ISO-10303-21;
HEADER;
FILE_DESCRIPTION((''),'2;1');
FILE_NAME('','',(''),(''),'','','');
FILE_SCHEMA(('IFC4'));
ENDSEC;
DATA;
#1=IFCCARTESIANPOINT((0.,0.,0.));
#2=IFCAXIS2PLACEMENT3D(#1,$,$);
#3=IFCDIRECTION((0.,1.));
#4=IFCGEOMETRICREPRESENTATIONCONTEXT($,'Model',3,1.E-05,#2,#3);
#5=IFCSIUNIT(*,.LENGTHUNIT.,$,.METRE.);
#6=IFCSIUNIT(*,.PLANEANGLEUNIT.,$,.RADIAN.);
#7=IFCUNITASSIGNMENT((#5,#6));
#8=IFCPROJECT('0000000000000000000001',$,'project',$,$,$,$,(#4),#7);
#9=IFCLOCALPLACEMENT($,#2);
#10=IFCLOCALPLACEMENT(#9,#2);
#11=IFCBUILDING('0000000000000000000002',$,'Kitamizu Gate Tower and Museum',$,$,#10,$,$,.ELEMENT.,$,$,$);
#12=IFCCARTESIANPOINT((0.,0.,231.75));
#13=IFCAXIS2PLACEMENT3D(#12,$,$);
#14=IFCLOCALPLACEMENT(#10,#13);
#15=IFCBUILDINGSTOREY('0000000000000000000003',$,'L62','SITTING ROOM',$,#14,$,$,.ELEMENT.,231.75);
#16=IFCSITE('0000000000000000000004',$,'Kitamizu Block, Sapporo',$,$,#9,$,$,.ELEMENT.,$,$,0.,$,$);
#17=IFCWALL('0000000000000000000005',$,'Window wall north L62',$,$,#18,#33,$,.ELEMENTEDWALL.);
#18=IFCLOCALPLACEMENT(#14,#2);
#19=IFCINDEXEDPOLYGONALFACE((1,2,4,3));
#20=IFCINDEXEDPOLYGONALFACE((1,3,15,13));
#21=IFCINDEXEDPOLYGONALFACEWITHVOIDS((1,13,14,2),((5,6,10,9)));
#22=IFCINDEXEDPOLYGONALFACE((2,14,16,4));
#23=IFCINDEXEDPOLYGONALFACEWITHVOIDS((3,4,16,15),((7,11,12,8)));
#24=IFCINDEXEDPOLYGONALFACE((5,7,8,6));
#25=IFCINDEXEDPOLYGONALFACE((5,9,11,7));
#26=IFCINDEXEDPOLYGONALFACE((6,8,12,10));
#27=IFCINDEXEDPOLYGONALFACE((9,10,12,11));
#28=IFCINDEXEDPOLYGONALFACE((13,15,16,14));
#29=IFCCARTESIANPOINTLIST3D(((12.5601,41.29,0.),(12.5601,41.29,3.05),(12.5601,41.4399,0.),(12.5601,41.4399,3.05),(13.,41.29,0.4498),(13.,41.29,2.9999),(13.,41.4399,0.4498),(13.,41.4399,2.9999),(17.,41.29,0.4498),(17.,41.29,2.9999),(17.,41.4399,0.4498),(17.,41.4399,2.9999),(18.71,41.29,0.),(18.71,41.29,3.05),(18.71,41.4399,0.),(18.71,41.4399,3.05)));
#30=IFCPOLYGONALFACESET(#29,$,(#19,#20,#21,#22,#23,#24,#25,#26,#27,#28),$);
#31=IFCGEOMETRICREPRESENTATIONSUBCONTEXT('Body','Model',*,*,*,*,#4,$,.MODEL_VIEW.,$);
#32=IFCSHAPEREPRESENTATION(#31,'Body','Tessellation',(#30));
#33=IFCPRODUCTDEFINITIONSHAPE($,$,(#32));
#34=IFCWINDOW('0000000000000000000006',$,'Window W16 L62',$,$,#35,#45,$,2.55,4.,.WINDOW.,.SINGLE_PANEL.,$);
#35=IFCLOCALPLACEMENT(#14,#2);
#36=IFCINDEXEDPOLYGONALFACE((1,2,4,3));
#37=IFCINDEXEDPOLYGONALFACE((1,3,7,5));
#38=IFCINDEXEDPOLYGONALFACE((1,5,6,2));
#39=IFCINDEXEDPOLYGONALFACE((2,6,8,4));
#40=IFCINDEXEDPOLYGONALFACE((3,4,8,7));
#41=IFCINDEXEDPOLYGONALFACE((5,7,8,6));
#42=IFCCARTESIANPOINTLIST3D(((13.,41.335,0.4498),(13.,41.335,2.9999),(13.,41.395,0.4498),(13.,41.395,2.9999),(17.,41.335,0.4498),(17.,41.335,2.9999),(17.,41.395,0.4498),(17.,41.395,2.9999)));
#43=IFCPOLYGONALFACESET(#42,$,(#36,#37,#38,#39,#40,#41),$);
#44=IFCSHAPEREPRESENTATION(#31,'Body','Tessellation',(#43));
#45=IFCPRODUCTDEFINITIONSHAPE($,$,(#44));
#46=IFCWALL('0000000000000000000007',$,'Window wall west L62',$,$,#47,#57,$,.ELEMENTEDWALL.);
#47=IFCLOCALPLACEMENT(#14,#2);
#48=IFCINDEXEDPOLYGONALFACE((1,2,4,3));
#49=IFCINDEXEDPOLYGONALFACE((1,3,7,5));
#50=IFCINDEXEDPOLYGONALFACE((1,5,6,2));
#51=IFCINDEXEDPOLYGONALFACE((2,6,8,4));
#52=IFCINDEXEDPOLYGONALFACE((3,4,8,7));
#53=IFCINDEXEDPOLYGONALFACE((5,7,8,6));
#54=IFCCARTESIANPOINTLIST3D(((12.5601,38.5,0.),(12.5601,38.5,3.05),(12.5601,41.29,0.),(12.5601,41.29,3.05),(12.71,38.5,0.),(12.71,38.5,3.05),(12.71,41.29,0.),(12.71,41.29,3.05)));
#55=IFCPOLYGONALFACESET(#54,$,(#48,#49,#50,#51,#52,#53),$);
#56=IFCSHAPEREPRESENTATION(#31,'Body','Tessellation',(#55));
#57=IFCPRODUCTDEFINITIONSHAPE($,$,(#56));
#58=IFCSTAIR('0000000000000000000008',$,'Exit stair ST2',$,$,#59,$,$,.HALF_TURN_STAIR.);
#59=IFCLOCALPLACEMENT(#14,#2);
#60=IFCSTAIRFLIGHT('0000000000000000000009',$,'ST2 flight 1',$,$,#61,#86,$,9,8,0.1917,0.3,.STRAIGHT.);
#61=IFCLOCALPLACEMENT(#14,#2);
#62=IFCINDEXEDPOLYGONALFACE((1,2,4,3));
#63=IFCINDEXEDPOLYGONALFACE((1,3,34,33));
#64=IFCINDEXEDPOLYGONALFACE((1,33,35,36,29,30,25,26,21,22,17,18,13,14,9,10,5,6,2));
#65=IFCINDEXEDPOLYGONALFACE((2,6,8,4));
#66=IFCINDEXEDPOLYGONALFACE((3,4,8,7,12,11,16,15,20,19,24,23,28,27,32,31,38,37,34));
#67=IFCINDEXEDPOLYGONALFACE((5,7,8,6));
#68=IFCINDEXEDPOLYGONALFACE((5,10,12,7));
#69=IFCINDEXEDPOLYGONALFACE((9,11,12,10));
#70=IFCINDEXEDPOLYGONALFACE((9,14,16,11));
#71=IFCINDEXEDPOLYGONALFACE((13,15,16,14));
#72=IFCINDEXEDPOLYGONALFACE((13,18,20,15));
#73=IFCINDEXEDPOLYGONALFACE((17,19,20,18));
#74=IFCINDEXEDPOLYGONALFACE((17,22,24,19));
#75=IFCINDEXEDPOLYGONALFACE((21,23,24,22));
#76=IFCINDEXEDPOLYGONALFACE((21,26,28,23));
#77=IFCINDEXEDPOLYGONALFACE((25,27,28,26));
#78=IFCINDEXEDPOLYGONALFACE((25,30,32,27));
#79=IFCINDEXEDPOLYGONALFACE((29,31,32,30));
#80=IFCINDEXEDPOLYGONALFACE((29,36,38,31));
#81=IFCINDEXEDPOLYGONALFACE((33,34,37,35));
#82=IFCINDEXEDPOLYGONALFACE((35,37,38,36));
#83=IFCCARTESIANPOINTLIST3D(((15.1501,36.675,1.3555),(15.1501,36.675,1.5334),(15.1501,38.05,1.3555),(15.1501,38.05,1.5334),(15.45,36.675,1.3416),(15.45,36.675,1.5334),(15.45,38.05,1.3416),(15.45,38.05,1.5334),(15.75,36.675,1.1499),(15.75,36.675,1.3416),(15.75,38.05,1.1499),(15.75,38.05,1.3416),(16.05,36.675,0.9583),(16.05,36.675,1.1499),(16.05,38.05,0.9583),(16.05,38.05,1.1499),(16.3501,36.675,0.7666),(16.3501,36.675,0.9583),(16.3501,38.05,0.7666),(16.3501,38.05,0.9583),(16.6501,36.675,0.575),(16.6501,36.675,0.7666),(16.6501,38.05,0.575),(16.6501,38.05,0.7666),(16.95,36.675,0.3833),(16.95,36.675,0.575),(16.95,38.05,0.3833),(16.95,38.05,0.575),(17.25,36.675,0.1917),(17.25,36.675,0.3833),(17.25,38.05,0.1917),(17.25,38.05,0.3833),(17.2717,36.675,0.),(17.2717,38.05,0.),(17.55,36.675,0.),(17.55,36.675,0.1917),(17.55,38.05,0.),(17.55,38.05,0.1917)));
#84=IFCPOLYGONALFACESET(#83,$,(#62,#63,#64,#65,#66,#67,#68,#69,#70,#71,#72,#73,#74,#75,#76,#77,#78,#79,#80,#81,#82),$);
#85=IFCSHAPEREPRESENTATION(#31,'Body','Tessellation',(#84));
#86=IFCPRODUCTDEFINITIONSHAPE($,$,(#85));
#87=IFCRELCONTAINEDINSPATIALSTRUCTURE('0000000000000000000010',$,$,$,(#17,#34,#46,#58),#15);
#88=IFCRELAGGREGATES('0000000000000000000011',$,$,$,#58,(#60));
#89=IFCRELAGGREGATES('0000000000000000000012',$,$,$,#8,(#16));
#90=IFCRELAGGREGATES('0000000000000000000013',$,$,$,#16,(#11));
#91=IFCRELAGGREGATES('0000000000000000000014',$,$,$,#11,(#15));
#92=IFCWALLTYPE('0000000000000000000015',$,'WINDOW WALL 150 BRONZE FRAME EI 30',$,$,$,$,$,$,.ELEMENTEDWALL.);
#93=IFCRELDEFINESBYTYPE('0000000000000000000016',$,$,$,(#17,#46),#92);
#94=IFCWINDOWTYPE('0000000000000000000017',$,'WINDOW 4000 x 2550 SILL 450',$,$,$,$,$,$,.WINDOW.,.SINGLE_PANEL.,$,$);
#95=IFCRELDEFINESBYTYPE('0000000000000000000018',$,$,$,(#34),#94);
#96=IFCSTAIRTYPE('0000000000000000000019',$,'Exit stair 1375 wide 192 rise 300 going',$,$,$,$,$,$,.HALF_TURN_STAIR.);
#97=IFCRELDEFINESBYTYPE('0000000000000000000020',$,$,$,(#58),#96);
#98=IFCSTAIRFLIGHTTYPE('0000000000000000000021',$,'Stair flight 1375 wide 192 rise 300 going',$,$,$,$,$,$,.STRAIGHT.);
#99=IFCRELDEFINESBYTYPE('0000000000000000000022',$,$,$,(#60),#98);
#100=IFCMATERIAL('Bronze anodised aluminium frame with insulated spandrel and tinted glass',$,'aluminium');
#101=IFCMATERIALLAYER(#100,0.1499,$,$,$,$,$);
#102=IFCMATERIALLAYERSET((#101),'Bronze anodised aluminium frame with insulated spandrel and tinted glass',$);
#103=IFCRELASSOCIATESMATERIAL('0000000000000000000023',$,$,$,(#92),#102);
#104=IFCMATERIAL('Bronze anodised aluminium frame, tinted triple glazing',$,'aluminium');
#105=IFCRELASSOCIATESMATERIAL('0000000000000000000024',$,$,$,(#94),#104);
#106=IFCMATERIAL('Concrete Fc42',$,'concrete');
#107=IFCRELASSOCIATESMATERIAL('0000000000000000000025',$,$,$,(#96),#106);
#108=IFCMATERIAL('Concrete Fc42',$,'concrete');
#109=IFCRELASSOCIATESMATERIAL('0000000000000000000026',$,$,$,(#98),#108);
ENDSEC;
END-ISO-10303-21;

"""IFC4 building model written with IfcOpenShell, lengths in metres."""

from ifc_helpers import new_model, si_unit, direction, frame, frame_2d, origin, place, context, subcontext, project, spatial, polyline, rectangle, outline, extrude, material, layer, layer_set, type_object, element, fill, aggregate, save


model = new_model("IFC4")

# Units and contexts
model_context = context("Model", 3, precision=1e-05, world=origin(), true_north=direction((0.0, 1.0)))
body_context = subcontext(model_context, "Body", "Model", "MODEL_VIEW")
ifc_project = project(units=[si_unit("LENGTHUNIT", "METRE"), si_unit("PLANEANGLEUNIT", "RADIAN")], contexts=[model_context])

# Site, building, storey
site_placement = place(None, origin())
site = spatial("IfcSite", under=ifc_project, at=site_placement, Name="Kitamizu Block, Sapporo", CompositionType="ELEMENT", RefElevation=0.0)
building_placement = place(site_placement, origin())
building = spatial("IfcBuilding", under=site, at=building_placement, Name="Kitamizu Gate Tower and Museum", CompositionType="ELEMENT")
storey_placement = place(building_placement, frame((0.0, 0.0, 231.75)))
storey = spatial("IfcBuildingStorey", under=building, at=storey_placement, Name="L62", Description="SITTING ROOM", CompositionType="ELEMENT", Elevation=231.75)

# Shared definitions
ifc_material_1 = material(Name="Bronze anodised aluminium frame with insulated spandrel and tinted glass", Category="aluminium")
ifc_layer_1 = layer(ifc_material_1, 0.1499)
ifc_layer_set_1 = layer_set([ifc_layer_1], Name="Bronze anodised aluminium frame with insulated spandrel and tinted glass")
wall_type_1 = type_object("IfcWallType", Name="WINDOW WALL 150 BRONZE FRAME EI 30", PredefinedType="ELEMENTEDWALL", material=ifc_layer_set_1)

# Wall, opening, window
ifc_material_2 = material(Name="Bronze anodised aluminium frame, tinted triple glazing", Category="aluminium")
window_type_1 = type_object("IfcWindowType", Name="WINDOW 4000 x 2550 SILL 450", PartitioningType="SINGLE_PANEL", PredefinedType="WINDOW", material=ifc_material_2)
wall_1_placement = place(storey_placement, frame((12.5601, 41.365, 0.0), z_axis=(0.0, 0.0, 1.0), x_axis=(1.0, 0.0, 0.0)))
wall_1 = element("IfcWall", 1, at=wall_1_placement, inside=storey, type_object=wall_type_1, Name="Window wall north L62", PredefinedType="ELEMENTEDWALL", context=body_context, shape_type="SweptSolid", body=[
    extrude(rectangle(XDim=6.1499, YDim=0.1499, at=frame_2d((3.075, 0.0))), origin(), (0.0, 0.0, 1.0), 3.05),
])
opening_1_placement = place(wall_1_placement, frame((0.4399, 0.0, 0.45)))
opening_1 = element("IfcOpeningElement", 2, at=opening_1_placement, cuts=wall_1, PredefinedType="OPENING", context=body_context, shape_type="SweptSolid", body=[
    extrude(rectangle(XDim=4.0, YDim=2.55, at=frame_2d((2.0, 1.2749))), frame((0.0, 0.085, 0.0), z_axis=(0.0, -1.0, 0.0), x_axis=(1.0, 0.0, 0.0)), (0.0, 0.0, 1.0), 0.1699),
])
window_1_placement = place(opening_1_placement, origin())
window_1 = element("IfcWindow", 3, at=window_1_placement, inside=storey, type_object=window_type_1, Name="Window W16 L62", OverallHeight=2.55, OverallWidth=4.0, PartitioningType="SINGLE_PANEL", PredefinedType="WINDOW", context=body_context, shape_type="SweptSolid", body=[
    extrude(rectangle(XDim=4.0, YDim=2.55, at=frame_2d((2.0, 1.2749))), frame((0.0, 0.03, 0.0), z_axis=(0.0, -1.0, 0.0), x_axis=(1.0, 0.0, 0.0)), (0.0, 0.0, 1.0), 0.0601),
])
fill(opening_1, window_1)

# Wall
wall_2_placement = place(storey_placement, frame((12.635, 38.5, 0.0), z_axis=(0.0, 0.0, 1.0), x_axis=(0.0, 1.0, 0.0)))
element("IfcWall", 4, at=wall_2_placement, inside=storey, type_object=wall_type_1, Name="Window wall west L62", PredefinedType="ELEMENTEDWALL", context=body_context, shape_type="SweptSolid", body=[
    extrude(rectangle(XDim=2.79, YDim=0.1499, at=frame_2d((1.395, 0.0))), origin(), (0.0, 0.0, 1.0), 3.05),
])

# Stair, stair flight
ifc_material_3 = material(Name="Concrete Fc42", Category="concrete")
stair_type = type_object("IfcStairType", Name="Exit stair 1375 wide 192 rise 300 going", PredefinedType="HALF_TURN_STAIR", material=ifc_material_3)
stair_placement = place(storey_placement, origin())
stair = element("IfcStair", 5, at=stair_placement, inside=storey, type_object=stair_type, Name="Exit stair ST2", PredefinedType="HALF_TURN_STAIR")
ifc_material_4 = material(Name="Concrete Fc42", Category="concrete")
stair_flight_type = type_object("IfcStairFlightType", Name="Stair flight 1375 wide 192 rise 300 going", PredefinedType="STRAIGHT", material=ifc_material_4)
stair_flight_placement = place(storey_placement, frame((17.55, 37.3625, 0.0), z_axis=(0.0, 0.0, 1.0), x_axis=(-1.0, 0.0, 0.0)))
stair_flight = element("IfcStairFlight", 6, at=stair_flight_placement, type_object=stair_flight_type, Name="ST2 flight 1", NumberOfRisers=9, NumberOfTreads=8, PredefinedType="STRAIGHT", RiserHeight=0.1917, TreadLength=0.3, context=body_context, shape_type="SweptSolid", body=[
    extrude(outline(polyline([(0.0, 0.0), (0.0, 0.1917), (0.3, 0.1917), (0.3, 0.3833), (0.6001, 0.3833), (0.6001, 0.575), (0.8999, 0.575), (0.8999, 0.7666), (1.2, 0.7666), (1.2, 0.9583), (1.5, 0.9583), (1.5, 1.1499), (1.8, 1.1499), (1.8, 1.3416), (2.1001, 1.3416), (2.1001, 1.5334), (2.3999, 1.5334), (2.3999, 1.7251), (2.3999, 1.3555), (0.2783, 0.0), (0.0, 0.0)])), frame((0.0, 0.6875, 0.0), z_axis=(0.0, -1.0, 0.0), x_axis=(1.0, 0.0, 0.0)), (0.0, 0.0, 1.0), 1.375),
])
aggregate(stair, [stair_flight])

save(model, "model.ifc")
